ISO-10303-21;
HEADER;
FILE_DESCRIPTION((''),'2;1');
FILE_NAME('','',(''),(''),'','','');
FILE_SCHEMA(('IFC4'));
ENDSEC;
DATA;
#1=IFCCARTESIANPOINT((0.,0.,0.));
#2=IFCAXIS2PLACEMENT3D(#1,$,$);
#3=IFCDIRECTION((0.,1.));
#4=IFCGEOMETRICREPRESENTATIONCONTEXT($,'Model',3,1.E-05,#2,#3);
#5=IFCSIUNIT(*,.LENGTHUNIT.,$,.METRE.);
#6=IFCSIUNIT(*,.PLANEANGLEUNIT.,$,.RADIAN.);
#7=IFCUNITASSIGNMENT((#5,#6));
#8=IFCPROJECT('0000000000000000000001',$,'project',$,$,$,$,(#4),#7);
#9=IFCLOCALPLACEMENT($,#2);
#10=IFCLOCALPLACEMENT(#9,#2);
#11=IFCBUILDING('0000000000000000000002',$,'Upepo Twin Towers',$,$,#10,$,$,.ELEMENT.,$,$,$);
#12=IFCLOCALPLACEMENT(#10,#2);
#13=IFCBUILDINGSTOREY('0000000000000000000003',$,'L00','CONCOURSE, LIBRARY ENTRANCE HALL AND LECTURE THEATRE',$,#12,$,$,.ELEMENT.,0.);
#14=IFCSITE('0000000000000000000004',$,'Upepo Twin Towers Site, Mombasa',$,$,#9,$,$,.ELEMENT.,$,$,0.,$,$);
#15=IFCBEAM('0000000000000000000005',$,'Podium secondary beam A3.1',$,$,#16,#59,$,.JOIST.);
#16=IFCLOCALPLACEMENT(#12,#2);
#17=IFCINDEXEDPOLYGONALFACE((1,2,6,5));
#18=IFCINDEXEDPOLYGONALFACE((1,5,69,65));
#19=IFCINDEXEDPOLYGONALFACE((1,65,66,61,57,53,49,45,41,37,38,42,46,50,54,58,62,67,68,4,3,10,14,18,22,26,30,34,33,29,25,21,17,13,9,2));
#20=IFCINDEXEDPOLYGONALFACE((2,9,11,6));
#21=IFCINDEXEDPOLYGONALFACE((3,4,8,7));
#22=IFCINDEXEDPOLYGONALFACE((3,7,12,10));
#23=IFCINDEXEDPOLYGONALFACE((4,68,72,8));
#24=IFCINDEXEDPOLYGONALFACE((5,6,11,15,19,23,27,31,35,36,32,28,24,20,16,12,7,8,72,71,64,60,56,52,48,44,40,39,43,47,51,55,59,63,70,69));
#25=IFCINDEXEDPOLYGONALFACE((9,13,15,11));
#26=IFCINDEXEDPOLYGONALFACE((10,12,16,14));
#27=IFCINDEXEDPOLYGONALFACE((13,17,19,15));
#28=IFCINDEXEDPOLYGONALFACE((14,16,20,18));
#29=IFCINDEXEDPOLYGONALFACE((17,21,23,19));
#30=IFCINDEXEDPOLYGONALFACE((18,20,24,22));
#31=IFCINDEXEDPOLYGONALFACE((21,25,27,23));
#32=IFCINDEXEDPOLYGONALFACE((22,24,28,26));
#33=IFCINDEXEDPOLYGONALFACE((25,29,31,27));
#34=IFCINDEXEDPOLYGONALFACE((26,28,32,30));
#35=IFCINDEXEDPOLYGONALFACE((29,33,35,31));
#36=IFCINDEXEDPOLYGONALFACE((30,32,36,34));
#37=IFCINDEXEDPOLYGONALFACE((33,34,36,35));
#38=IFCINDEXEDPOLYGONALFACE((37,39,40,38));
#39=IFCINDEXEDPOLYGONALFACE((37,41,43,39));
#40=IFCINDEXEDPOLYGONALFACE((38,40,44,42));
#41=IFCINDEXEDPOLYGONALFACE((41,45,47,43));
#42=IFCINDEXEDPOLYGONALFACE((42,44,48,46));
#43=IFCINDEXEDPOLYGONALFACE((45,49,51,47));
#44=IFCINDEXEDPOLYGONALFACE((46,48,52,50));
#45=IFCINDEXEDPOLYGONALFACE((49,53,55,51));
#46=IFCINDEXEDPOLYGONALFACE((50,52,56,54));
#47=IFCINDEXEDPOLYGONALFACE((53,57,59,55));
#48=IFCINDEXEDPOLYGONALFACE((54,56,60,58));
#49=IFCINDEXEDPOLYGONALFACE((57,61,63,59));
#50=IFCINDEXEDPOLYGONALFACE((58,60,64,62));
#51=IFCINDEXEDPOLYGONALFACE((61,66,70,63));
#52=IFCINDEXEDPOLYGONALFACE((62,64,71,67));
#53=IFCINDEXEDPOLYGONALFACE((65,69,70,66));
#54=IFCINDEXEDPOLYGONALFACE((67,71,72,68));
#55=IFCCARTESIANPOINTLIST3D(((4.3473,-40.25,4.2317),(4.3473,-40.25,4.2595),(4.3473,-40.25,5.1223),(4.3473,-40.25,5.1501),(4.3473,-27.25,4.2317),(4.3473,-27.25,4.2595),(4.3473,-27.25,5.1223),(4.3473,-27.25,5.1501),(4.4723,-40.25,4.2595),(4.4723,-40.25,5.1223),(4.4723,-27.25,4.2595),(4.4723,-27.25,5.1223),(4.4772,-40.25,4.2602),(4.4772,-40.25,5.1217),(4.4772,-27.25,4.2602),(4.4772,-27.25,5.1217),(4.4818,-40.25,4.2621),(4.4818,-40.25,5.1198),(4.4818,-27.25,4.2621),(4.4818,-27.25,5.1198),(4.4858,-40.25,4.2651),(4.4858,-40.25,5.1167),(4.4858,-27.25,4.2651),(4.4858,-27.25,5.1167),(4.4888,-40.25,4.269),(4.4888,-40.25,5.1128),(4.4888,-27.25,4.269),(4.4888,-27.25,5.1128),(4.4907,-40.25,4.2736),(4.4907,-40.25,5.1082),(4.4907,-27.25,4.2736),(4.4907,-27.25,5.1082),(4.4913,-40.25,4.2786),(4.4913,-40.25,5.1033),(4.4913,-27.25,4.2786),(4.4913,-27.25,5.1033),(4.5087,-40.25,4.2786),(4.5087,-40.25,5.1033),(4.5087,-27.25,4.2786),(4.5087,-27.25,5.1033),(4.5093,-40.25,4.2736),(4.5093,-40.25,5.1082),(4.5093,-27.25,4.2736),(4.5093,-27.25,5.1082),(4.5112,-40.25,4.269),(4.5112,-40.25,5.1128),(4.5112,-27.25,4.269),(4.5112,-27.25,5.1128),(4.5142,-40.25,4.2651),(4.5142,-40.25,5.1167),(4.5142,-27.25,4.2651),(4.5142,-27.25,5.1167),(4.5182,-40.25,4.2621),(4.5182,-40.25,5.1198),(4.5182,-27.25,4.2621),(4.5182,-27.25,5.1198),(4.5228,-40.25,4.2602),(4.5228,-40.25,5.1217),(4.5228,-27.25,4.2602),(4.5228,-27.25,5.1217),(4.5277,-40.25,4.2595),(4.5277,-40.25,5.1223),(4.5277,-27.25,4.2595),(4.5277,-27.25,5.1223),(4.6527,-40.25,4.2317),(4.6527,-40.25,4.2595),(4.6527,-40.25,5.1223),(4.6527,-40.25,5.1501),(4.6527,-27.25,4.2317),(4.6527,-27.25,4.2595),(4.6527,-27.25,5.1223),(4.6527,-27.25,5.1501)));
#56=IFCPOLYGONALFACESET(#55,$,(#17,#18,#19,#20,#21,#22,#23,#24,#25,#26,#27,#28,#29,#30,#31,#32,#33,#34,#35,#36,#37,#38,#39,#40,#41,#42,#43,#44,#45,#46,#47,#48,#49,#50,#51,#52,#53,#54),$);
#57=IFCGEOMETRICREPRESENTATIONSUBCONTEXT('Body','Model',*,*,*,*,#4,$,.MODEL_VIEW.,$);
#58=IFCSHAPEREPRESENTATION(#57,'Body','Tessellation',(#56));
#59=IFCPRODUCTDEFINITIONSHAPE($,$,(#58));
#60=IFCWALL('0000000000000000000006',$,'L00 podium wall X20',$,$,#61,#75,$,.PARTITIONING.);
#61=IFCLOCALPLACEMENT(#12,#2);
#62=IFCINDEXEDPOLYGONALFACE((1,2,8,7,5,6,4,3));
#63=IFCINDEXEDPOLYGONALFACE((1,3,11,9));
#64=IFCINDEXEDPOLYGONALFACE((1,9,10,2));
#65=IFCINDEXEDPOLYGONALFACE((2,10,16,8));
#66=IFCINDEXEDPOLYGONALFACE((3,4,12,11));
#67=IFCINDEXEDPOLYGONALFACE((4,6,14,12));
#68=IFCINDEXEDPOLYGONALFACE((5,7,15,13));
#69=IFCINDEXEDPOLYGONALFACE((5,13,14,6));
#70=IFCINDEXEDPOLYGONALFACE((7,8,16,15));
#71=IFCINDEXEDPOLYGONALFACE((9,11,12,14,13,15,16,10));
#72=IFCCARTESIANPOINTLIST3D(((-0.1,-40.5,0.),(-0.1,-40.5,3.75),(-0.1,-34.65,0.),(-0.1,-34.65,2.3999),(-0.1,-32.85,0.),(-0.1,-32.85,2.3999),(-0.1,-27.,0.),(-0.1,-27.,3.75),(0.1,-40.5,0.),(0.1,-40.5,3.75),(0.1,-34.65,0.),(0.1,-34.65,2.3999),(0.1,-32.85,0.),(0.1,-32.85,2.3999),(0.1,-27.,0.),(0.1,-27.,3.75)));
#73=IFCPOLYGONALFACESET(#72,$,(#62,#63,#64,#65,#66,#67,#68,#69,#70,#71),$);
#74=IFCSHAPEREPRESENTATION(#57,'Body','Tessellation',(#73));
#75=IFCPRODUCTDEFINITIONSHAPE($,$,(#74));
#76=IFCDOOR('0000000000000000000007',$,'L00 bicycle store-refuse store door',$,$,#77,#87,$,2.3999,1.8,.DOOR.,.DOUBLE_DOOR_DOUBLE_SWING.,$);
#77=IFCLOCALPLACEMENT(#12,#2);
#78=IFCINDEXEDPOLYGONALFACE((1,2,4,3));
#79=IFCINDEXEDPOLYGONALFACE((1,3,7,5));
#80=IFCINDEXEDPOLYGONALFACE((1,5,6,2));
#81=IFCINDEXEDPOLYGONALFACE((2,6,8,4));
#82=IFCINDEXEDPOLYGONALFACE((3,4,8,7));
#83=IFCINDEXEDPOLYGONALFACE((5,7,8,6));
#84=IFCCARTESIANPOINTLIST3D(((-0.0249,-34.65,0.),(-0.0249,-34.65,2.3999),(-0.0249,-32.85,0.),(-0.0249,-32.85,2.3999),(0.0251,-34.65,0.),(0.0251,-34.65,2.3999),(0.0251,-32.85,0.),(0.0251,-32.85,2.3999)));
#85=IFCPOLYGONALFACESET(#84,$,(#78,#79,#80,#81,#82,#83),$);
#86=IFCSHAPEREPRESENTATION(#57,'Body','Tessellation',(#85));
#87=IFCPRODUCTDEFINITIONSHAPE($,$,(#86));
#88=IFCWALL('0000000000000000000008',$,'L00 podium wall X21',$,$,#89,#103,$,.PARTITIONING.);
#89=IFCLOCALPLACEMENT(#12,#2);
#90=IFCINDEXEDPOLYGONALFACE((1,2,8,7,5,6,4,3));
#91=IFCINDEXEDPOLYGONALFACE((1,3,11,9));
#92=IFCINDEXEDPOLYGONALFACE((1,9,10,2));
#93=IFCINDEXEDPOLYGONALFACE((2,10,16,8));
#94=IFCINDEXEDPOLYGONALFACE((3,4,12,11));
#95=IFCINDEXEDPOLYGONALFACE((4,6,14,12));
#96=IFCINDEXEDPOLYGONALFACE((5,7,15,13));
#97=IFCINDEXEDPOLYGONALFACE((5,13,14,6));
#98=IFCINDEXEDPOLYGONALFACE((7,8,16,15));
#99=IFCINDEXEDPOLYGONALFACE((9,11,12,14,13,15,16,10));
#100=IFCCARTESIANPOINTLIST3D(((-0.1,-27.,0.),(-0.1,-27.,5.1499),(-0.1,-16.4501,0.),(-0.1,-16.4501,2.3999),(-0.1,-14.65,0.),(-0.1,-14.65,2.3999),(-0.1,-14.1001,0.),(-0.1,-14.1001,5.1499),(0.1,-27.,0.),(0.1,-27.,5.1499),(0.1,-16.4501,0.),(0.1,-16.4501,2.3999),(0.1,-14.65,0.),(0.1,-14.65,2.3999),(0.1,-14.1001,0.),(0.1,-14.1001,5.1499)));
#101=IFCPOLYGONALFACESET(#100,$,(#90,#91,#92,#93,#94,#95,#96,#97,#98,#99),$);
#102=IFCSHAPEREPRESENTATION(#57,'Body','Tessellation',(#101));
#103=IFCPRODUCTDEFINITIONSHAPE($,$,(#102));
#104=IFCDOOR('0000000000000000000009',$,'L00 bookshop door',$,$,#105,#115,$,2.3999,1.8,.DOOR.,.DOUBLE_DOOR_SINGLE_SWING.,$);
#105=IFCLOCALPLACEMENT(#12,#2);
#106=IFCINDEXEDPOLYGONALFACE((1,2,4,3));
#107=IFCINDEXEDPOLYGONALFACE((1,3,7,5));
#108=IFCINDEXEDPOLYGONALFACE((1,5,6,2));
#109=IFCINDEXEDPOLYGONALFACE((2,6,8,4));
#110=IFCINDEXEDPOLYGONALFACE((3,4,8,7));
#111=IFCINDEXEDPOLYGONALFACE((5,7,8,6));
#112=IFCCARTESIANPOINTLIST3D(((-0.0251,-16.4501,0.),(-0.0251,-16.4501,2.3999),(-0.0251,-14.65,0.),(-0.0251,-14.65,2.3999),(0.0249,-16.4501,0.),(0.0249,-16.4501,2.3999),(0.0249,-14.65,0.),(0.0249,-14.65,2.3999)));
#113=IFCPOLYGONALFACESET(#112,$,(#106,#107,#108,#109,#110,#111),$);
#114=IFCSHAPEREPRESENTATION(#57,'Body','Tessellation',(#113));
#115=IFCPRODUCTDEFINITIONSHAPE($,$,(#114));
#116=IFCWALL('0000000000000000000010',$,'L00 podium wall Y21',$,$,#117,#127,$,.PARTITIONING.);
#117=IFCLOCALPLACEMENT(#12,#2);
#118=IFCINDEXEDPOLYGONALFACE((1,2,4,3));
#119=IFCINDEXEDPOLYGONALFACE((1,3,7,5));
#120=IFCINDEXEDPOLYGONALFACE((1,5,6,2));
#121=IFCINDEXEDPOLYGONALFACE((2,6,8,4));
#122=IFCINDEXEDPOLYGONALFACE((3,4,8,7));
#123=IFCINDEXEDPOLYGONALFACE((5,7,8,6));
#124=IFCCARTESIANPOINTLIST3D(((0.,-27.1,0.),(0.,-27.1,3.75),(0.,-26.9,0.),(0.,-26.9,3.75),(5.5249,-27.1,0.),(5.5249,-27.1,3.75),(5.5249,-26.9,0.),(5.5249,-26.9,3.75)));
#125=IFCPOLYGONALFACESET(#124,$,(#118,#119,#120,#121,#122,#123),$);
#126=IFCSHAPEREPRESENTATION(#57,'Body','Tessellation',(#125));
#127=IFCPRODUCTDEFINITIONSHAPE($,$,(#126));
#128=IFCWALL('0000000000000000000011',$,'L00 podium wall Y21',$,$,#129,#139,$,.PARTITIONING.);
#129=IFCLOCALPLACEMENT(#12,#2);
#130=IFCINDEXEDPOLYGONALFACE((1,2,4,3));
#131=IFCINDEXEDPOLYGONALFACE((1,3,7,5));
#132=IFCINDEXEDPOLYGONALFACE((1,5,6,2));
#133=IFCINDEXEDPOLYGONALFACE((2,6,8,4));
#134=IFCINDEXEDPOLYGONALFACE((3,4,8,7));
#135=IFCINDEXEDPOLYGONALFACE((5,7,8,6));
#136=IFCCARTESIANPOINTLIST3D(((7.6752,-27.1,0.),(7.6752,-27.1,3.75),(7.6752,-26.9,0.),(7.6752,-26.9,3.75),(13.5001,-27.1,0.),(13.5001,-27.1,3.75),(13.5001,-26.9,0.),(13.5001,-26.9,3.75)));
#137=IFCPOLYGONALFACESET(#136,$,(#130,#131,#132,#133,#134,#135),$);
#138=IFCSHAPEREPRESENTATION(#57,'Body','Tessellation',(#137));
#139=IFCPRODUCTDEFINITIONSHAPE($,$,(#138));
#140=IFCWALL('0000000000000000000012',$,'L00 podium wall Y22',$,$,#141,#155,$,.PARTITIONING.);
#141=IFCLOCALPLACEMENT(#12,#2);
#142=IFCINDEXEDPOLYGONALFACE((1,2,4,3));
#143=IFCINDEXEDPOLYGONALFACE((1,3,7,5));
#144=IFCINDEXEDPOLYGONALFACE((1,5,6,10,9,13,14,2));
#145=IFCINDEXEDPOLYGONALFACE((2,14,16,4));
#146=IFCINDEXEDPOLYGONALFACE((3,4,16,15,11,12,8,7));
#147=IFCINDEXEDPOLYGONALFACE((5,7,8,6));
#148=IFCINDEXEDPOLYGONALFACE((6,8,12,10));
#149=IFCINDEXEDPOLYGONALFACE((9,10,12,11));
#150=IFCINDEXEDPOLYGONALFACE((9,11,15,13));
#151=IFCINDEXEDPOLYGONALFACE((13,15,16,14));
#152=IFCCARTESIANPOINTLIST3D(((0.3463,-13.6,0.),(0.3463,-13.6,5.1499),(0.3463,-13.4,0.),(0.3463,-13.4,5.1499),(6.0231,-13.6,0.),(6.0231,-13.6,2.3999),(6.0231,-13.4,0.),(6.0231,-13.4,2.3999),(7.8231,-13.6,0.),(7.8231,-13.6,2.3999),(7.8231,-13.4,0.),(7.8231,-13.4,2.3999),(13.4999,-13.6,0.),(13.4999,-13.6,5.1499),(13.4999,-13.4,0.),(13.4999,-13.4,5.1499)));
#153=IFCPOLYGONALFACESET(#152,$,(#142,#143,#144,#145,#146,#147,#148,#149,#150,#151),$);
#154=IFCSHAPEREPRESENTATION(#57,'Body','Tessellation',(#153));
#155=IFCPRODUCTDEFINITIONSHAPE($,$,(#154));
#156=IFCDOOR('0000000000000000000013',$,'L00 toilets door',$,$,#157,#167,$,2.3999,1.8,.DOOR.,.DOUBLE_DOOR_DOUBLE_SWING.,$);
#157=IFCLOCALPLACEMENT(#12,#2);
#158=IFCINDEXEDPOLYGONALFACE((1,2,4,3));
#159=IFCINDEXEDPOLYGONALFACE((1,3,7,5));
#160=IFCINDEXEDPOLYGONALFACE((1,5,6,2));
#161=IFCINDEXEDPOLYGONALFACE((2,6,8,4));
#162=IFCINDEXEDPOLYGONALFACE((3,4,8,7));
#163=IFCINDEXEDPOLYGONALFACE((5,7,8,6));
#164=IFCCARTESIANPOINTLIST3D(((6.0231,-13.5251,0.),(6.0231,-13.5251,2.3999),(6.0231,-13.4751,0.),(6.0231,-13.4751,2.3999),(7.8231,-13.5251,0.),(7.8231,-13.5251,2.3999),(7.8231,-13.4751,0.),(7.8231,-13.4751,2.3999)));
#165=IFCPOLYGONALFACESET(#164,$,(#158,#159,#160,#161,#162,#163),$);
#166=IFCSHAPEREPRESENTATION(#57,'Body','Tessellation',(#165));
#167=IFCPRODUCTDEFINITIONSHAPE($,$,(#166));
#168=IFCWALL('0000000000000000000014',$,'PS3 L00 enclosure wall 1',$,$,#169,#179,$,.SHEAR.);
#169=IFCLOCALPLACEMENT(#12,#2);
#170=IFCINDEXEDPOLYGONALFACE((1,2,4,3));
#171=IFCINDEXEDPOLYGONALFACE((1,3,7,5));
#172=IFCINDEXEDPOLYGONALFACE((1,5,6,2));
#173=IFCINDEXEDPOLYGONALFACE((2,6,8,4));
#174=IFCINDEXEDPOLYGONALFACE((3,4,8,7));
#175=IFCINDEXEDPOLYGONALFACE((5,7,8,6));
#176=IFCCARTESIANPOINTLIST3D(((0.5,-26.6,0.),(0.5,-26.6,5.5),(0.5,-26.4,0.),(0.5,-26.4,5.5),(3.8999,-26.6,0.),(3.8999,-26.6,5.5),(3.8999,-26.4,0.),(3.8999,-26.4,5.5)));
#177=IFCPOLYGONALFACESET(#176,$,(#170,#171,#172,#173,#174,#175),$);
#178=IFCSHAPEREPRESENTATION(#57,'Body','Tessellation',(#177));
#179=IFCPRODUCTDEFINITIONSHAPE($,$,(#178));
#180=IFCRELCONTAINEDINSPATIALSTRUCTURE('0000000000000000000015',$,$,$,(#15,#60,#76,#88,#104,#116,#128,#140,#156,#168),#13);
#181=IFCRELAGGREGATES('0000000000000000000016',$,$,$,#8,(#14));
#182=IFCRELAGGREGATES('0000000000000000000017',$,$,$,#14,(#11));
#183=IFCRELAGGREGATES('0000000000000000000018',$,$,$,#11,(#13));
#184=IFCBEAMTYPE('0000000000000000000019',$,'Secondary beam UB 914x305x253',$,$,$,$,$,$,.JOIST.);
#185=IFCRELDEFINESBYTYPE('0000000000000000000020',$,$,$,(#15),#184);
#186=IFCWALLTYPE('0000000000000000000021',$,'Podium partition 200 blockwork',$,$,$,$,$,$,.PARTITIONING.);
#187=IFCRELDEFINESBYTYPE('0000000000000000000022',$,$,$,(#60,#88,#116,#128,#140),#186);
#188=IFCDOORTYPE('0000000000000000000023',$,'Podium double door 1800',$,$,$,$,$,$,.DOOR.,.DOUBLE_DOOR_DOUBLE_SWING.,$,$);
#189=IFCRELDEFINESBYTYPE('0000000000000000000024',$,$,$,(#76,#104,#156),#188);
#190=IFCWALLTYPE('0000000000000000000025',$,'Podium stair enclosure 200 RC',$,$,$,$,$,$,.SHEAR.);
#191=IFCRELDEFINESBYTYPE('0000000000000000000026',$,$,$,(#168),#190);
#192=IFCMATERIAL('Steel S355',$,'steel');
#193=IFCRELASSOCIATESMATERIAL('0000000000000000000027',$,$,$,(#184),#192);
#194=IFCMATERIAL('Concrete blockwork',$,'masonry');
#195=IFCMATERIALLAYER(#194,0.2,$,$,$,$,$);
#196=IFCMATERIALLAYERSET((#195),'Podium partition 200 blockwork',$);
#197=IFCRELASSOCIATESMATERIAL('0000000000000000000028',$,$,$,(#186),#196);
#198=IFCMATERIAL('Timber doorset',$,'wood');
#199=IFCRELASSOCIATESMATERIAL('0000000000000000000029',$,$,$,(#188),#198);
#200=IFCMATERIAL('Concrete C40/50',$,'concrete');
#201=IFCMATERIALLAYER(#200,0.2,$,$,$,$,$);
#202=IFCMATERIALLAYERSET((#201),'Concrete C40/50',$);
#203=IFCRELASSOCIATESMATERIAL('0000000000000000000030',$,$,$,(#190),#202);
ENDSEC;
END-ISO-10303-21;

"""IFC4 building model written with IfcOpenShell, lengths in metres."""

from ifc_helpers import new_model, si_unit, direction, frame, frame_2d, origin, origin_2d, place, context, subcontext, project, spatial, rectangle, i_section, extrude, material, layer, layer_set, material_profile, profile_set, type_object, element, fill, save


model = new_model("IFC4")

# Units and contexts
model_context = context("Model", 3, precision=1e-05, world=origin(), true_north=direction((0.0, 1.0)))
body_context = subcontext(model_context, "Body", "Model", "MODEL_VIEW")
ifc_project = project(units=[si_unit("LENGTHUNIT", "METRE"), si_unit("PLANEANGLEUNIT", "RADIAN")], contexts=[model_context])

# Site, building, storey
site_placement = place(None, origin())
site = spatial("IfcSite", under=ifc_project, at=site_placement, Name="Upepo Twin Towers Site, Mombasa", CompositionType="ELEMENT", RefElevation=0.0)
building_placement = place(site_placement, origin())
building = spatial("IfcBuilding", under=site, at=building_placement, Name="Upepo Twin Towers", CompositionType="ELEMENT")
storey_placement = place(building_placement, origin())
storey = spatial("IfcBuildingStorey", under=building, at=storey_placement, Name="L00", Description="CONCOURSE, LIBRARY ENTRANCE HALL AND LECTURE THEATRE", CompositionType="ELEMENT", Elevation=0.0)

# Beam
ifc_material_1 = material(Name="Steel S355", Category="steel")
ifc_material_profile_1 = material_profile(ifc_material_1, i_section(OverallWidth=0.3054, OverallDepth=0.9185, WebThickness=0.0173, FlangeThickness=0.0278, FilletRadius=0.019, at=origin_2d()), Name="UB 914x305x253")
ifc_profile_set_1 = profile_set([ifc_material_profile_1], Name="Steel S355")
beam_type_1 = type_object("IfcBeamType", Name="Secondary beam UB 914x305x253", PredefinedType="JOIST", material=ifc_profile_set_1)
beam_placement = place(storey_placement, frame((4.5, -40.25, 4.6909), z_axis=(0.0, 1.0, 0.0), x_axis=(-1.0, 0.0, 0.0)))
element("IfcBeam", 1, at=beam_placement, inside=storey, type_object=beam_type_1, Name="Podium secondary beam A3.1", PredefinedType="JOIST", context=body_context, shape_type="SweptSolid", body=[
    extrude(i_section(OverallWidth=0.3054, OverallDepth=0.9185, WebThickness=0.0173, FlangeThickness=0.0278, FilletRadius=0.019, at=origin_2d()), origin(), (0.0, 0.0, 1.0), 13.0),
])

# Walls, openings, doors
ifc_material_2 = material(Name="Concrete blockwork", Category="masonry")
ifc_layer_1 = layer(ifc_material_2, 0.2)
ifc_layer_set_1 = layer_set([ifc_layer_1], Name="Podium partition 200 blockwork")
wall_type_1 = type_object("IfcWallType", Name="Podium partition 200 blockwork", PredefinedType="PARTITIONING", material=ifc_layer_set_1)
wall_1_placement = place(storey_placement, frame((0.0, -40.5, 0.0), z_axis=(0.0, 0.0, 1.0), x_axis=(0.0, 1.0, 0.0)))
wall_1 = element("IfcWall", 2, at=wall_1_placement, inside=storey, type_object=wall_type_1, Name="L00 podium wall X20", PredefinedType="PARTITIONING", context=body_context, shape_type="SweptSolid", body=[
    extrude(rectangle(XDim=13.5, YDim=0.2, at=frame_2d((6.75, 0.0))), origin(), (0.0, 0.0, 1.0), 3.75),
])
opening_1_placement = place(wall_1_placement, frame((5.8501, 0.0, 0.0)))
opening_1 = element("IfcOpeningElement", 3, at=opening_1_placement, cuts=wall_1, PredefinedType="OPENING", context=body_context, shape_type="SweptSolid", body=[
    extrude(rectangle(XDim=1.8, YDim=2.3999, at=frame_2d((0.8999, 1.2))), frame((0.0, 0.1099, 0.0), z_axis=(0.0, -1.0, 0.0), x_axis=(1.0, 0.0, 0.0)), (0.0, 0.0, 1.0), 0.22),
])
ifc_material_3 = material(Name="Timber doorset", Category="wood")
door_type_1 = type_object("IfcDoorType", Name="Podium double door 1800", OperationType="DOUBLE_DOOR_DOUBLE_SWING", PredefinedType="DOOR", material=ifc_material_3)
door_1_placement = place(opening_1_placement, origin())
door_1 = element("IfcDoor", 4, at=door_1_placement, inside=storey, type_object=door_type_1, Name="L00 bicycle store-refuse store door", OperationType="DOUBLE_DOOR_DOUBLE_SWING", OverallHeight=2.3999, OverallWidth=1.8, PredefinedType="DOOR", context=body_context, shape_type="SweptSolid", body=[
    extrude(rectangle(XDim=1.8, YDim=2.3999, at=frame_2d((0.8999, 1.2))), frame((0.0, 0.0249, 0.0), z_axis=(0.0, -1.0, 0.0), x_axis=(1.0, 0.0, 0.0)), (0.0, 0.0, 1.0), 0.05),
])
fill(opening_1, door_1)
wall_2_placement = place(storey_placement, frame((0.0, -14.1001, 0.0), z_axis=(0.0, 0.0, 1.0), x_axis=(0.0, -1.0, 0.0)))
wall_2 = element("IfcWall", 5, at=wall_2_placement, inside=storey, type_object=wall_type_1, Name="L00 podium wall X21", PredefinedType="PARTITIONING", context=body_context, shape_type="SweptSolid", body=[
    extrude(rectangle(XDim=12.8999, YDim=0.2, at=frame_2d((6.45, 0.0))), origin(), (0.0, 0.0, 1.0), 5.1499),
])
opening_2_placement = place(wall_2_placement, frame((0.55, 0.0, 0.0)))
opening_2 = element("IfcOpeningElement", 6, at=opening_2_placement, cuts=wall_2, PredefinedType="OPENING", context=body_context, shape_type="SweptSolid", body=[
    extrude(rectangle(XDim=1.8, YDim=2.3999, at=frame_2d((0.8999, 1.2))), frame((0.0, 0.1099, 0.0), z_axis=(0.0, -1.0, 0.0), x_axis=(1.0, 0.0, 0.0)), (0.0, 0.0, 1.0), 0.22),
])
door_2_placement = place(opening_2_placement, origin())
door_2 = element("IfcDoor", 7, at=door_2_placement, inside=storey, type_object=door_type_1, Name="L00 bookshop door", OperationType="DOUBLE_DOOR_SINGLE_SWING", OverallHeight=2.3999, OverallWidth=1.8, PredefinedType="DOOR", context=body_context, shape_type="SweptSolid", body=[
    extrude(rectangle(XDim=1.8, YDim=2.3999, at=frame_2d((0.8999, 1.2))), frame((0.0, 0.0249, 0.0), z_axis=(0.0, -1.0, 0.0), x_axis=(1.0, 0.0, 0.0)), (0.0, 0.0, 1.0), 0.05),
])
fill(opening_2, door_2)

# Walls
wall_3_placement = place(storey_placement, frame((0.0, -27.0, 0.0), z_axis=(0.0, 0.0, 1.0), x_axis=(1.0, 0.0, 0.0)))
element("IfcWall", 8, at=wall_3_placement, inside=storey, type_object=wall_type_1, Name="L00 podium wall Y21", PredefinedType="PARTITIONING", context=body_context, shape_type="SweptSolid", body=[
    extrude(rectangle(XDim=5.5249, YDim=0.2, at=frame_2d((2.7625, 0.0))), origin(), (0.0, 0.0, 1.0), 3.75),
])
wall_4_placement = place(storey_placement, frame((7.675, -27.0, 0.0), z_axis=(0.0, 0.0, 1.0), x_axis=(1.0, 0.0, 0.0)))
element("IfcWall", 9, at=wall_4_placement, inside=storey, type_object=wall_type_1, Name="L00 podium wall Y21", PredefinedType="PARTITIONING", context=body_context, shape_type="SweptSolid", body=[
    extrude(rectangle(XDim=5.825, YDim=0.2, at=frame_2d((2.9126, 0.0))), origin(), (0.0, 0.0, 1.0), 3.75),
])

# Wall, opening, door
wall_5_placement = place(storey_placement, frame((0.3464, -13.5, 0.0), z_axis=(0.0, 0.0, 1.0), x_axis=(1.0, 0.0, 0.0)))
wall_5 = element("IfcWall", 10, at=wall_5_placement, inside=storey, type_object=wall_type_1, Name="L00 podium wall Y22", PredefinedType="PARTITIONING", context=body_context, shape_type="SweptSolid", body=[
    extrude(rectangle(XDim=13.1536, YDim=0.2, at=frame_2d((6.5767, 0.0))), origin(), (0.0, 0.0, 1.0), 5.1499),
])
opening_3_placement = place(wall_5_placement, frame((5.6768, 0.0, 0.0)))
opening_3 = element("IfcOpeningElement", 11, at=opening_3_placement, cuts=wall_5, PredefinedType="OPENING", context=body_context, shape_type="SweptSolid", body=[
    extrude(rectangle(XDim=1.8, YDim=2.3999, at=frame_2d((0.8999, 1.2))), frame((0.0, 0.1099, 0.0), z_axis=(0.0, -1.0, 0.0), x_axis=(1.0, 0.0, 0.0)), (0.0, 0.0, 1.0), 0.22),
])
door_3_placement = place(opening_3_placement, origin())
door_3 = element("IfcDoor", 12, at=door_3_placement, inside=storey, type_object=door_type_1, Name="L00 toilets door", OperationType="DOUBLE_DOOR_DOUBLE_SWING", OverallHeight=2.3999, OverallWidth=1.8, PredefinedType="DOOR", context=body_context, shape_type="SweptSolid", body=[
    extrude(rectangle(XDim=1.8, YDim=2.3999, at=frame_2d((0.8999, 1.2))), frame((0.0, 0.0249, 0.0), z_axis=(0.0, -1.0, 0.0), x_axis=(1.0, 0.0, 0.0)), (0.0, 0.0, 1.0), 0.05),
])
fill(opening_3, door_3)

# Wall
ifc_material_4 = material(Name="Concrete C40/50", Category="concrete")
ifc_layer_2 = layer(ifc_material_4, 0.2)
ifc_layer_set_2 = layer_set([ifc_layer_2], Name="Concrete C40/50")
wall_type_2 = type_object("IfcWallType", Name="Podium stair enclosure 200 RC", PredefinedType="SHEAR", material=ifc_layer_set_2)
wall_6_placement = place(storey_placement, frame((0.5, -26.5, 0.0), z_axis=(0.0, 0.0, 1.0), x_axis=(1.0, 0.0, 0.0)))
element("IfcWall", 13, at=wall_6_placement, inside=storey, type_object=wall_type_2, Name="PS3 L00 enclosure wall 1", PredefinedType="SHEAR", context=body_context, shape_type="SweptSolid", body=[
    extrude(rectangle(XDim=3.3999, YDim=0.2, at=frame_2d((1.7, 0.0))), origin(), (0.0, 0.0, 1.0), 5.5),
])

save(model, "model.ifc")
